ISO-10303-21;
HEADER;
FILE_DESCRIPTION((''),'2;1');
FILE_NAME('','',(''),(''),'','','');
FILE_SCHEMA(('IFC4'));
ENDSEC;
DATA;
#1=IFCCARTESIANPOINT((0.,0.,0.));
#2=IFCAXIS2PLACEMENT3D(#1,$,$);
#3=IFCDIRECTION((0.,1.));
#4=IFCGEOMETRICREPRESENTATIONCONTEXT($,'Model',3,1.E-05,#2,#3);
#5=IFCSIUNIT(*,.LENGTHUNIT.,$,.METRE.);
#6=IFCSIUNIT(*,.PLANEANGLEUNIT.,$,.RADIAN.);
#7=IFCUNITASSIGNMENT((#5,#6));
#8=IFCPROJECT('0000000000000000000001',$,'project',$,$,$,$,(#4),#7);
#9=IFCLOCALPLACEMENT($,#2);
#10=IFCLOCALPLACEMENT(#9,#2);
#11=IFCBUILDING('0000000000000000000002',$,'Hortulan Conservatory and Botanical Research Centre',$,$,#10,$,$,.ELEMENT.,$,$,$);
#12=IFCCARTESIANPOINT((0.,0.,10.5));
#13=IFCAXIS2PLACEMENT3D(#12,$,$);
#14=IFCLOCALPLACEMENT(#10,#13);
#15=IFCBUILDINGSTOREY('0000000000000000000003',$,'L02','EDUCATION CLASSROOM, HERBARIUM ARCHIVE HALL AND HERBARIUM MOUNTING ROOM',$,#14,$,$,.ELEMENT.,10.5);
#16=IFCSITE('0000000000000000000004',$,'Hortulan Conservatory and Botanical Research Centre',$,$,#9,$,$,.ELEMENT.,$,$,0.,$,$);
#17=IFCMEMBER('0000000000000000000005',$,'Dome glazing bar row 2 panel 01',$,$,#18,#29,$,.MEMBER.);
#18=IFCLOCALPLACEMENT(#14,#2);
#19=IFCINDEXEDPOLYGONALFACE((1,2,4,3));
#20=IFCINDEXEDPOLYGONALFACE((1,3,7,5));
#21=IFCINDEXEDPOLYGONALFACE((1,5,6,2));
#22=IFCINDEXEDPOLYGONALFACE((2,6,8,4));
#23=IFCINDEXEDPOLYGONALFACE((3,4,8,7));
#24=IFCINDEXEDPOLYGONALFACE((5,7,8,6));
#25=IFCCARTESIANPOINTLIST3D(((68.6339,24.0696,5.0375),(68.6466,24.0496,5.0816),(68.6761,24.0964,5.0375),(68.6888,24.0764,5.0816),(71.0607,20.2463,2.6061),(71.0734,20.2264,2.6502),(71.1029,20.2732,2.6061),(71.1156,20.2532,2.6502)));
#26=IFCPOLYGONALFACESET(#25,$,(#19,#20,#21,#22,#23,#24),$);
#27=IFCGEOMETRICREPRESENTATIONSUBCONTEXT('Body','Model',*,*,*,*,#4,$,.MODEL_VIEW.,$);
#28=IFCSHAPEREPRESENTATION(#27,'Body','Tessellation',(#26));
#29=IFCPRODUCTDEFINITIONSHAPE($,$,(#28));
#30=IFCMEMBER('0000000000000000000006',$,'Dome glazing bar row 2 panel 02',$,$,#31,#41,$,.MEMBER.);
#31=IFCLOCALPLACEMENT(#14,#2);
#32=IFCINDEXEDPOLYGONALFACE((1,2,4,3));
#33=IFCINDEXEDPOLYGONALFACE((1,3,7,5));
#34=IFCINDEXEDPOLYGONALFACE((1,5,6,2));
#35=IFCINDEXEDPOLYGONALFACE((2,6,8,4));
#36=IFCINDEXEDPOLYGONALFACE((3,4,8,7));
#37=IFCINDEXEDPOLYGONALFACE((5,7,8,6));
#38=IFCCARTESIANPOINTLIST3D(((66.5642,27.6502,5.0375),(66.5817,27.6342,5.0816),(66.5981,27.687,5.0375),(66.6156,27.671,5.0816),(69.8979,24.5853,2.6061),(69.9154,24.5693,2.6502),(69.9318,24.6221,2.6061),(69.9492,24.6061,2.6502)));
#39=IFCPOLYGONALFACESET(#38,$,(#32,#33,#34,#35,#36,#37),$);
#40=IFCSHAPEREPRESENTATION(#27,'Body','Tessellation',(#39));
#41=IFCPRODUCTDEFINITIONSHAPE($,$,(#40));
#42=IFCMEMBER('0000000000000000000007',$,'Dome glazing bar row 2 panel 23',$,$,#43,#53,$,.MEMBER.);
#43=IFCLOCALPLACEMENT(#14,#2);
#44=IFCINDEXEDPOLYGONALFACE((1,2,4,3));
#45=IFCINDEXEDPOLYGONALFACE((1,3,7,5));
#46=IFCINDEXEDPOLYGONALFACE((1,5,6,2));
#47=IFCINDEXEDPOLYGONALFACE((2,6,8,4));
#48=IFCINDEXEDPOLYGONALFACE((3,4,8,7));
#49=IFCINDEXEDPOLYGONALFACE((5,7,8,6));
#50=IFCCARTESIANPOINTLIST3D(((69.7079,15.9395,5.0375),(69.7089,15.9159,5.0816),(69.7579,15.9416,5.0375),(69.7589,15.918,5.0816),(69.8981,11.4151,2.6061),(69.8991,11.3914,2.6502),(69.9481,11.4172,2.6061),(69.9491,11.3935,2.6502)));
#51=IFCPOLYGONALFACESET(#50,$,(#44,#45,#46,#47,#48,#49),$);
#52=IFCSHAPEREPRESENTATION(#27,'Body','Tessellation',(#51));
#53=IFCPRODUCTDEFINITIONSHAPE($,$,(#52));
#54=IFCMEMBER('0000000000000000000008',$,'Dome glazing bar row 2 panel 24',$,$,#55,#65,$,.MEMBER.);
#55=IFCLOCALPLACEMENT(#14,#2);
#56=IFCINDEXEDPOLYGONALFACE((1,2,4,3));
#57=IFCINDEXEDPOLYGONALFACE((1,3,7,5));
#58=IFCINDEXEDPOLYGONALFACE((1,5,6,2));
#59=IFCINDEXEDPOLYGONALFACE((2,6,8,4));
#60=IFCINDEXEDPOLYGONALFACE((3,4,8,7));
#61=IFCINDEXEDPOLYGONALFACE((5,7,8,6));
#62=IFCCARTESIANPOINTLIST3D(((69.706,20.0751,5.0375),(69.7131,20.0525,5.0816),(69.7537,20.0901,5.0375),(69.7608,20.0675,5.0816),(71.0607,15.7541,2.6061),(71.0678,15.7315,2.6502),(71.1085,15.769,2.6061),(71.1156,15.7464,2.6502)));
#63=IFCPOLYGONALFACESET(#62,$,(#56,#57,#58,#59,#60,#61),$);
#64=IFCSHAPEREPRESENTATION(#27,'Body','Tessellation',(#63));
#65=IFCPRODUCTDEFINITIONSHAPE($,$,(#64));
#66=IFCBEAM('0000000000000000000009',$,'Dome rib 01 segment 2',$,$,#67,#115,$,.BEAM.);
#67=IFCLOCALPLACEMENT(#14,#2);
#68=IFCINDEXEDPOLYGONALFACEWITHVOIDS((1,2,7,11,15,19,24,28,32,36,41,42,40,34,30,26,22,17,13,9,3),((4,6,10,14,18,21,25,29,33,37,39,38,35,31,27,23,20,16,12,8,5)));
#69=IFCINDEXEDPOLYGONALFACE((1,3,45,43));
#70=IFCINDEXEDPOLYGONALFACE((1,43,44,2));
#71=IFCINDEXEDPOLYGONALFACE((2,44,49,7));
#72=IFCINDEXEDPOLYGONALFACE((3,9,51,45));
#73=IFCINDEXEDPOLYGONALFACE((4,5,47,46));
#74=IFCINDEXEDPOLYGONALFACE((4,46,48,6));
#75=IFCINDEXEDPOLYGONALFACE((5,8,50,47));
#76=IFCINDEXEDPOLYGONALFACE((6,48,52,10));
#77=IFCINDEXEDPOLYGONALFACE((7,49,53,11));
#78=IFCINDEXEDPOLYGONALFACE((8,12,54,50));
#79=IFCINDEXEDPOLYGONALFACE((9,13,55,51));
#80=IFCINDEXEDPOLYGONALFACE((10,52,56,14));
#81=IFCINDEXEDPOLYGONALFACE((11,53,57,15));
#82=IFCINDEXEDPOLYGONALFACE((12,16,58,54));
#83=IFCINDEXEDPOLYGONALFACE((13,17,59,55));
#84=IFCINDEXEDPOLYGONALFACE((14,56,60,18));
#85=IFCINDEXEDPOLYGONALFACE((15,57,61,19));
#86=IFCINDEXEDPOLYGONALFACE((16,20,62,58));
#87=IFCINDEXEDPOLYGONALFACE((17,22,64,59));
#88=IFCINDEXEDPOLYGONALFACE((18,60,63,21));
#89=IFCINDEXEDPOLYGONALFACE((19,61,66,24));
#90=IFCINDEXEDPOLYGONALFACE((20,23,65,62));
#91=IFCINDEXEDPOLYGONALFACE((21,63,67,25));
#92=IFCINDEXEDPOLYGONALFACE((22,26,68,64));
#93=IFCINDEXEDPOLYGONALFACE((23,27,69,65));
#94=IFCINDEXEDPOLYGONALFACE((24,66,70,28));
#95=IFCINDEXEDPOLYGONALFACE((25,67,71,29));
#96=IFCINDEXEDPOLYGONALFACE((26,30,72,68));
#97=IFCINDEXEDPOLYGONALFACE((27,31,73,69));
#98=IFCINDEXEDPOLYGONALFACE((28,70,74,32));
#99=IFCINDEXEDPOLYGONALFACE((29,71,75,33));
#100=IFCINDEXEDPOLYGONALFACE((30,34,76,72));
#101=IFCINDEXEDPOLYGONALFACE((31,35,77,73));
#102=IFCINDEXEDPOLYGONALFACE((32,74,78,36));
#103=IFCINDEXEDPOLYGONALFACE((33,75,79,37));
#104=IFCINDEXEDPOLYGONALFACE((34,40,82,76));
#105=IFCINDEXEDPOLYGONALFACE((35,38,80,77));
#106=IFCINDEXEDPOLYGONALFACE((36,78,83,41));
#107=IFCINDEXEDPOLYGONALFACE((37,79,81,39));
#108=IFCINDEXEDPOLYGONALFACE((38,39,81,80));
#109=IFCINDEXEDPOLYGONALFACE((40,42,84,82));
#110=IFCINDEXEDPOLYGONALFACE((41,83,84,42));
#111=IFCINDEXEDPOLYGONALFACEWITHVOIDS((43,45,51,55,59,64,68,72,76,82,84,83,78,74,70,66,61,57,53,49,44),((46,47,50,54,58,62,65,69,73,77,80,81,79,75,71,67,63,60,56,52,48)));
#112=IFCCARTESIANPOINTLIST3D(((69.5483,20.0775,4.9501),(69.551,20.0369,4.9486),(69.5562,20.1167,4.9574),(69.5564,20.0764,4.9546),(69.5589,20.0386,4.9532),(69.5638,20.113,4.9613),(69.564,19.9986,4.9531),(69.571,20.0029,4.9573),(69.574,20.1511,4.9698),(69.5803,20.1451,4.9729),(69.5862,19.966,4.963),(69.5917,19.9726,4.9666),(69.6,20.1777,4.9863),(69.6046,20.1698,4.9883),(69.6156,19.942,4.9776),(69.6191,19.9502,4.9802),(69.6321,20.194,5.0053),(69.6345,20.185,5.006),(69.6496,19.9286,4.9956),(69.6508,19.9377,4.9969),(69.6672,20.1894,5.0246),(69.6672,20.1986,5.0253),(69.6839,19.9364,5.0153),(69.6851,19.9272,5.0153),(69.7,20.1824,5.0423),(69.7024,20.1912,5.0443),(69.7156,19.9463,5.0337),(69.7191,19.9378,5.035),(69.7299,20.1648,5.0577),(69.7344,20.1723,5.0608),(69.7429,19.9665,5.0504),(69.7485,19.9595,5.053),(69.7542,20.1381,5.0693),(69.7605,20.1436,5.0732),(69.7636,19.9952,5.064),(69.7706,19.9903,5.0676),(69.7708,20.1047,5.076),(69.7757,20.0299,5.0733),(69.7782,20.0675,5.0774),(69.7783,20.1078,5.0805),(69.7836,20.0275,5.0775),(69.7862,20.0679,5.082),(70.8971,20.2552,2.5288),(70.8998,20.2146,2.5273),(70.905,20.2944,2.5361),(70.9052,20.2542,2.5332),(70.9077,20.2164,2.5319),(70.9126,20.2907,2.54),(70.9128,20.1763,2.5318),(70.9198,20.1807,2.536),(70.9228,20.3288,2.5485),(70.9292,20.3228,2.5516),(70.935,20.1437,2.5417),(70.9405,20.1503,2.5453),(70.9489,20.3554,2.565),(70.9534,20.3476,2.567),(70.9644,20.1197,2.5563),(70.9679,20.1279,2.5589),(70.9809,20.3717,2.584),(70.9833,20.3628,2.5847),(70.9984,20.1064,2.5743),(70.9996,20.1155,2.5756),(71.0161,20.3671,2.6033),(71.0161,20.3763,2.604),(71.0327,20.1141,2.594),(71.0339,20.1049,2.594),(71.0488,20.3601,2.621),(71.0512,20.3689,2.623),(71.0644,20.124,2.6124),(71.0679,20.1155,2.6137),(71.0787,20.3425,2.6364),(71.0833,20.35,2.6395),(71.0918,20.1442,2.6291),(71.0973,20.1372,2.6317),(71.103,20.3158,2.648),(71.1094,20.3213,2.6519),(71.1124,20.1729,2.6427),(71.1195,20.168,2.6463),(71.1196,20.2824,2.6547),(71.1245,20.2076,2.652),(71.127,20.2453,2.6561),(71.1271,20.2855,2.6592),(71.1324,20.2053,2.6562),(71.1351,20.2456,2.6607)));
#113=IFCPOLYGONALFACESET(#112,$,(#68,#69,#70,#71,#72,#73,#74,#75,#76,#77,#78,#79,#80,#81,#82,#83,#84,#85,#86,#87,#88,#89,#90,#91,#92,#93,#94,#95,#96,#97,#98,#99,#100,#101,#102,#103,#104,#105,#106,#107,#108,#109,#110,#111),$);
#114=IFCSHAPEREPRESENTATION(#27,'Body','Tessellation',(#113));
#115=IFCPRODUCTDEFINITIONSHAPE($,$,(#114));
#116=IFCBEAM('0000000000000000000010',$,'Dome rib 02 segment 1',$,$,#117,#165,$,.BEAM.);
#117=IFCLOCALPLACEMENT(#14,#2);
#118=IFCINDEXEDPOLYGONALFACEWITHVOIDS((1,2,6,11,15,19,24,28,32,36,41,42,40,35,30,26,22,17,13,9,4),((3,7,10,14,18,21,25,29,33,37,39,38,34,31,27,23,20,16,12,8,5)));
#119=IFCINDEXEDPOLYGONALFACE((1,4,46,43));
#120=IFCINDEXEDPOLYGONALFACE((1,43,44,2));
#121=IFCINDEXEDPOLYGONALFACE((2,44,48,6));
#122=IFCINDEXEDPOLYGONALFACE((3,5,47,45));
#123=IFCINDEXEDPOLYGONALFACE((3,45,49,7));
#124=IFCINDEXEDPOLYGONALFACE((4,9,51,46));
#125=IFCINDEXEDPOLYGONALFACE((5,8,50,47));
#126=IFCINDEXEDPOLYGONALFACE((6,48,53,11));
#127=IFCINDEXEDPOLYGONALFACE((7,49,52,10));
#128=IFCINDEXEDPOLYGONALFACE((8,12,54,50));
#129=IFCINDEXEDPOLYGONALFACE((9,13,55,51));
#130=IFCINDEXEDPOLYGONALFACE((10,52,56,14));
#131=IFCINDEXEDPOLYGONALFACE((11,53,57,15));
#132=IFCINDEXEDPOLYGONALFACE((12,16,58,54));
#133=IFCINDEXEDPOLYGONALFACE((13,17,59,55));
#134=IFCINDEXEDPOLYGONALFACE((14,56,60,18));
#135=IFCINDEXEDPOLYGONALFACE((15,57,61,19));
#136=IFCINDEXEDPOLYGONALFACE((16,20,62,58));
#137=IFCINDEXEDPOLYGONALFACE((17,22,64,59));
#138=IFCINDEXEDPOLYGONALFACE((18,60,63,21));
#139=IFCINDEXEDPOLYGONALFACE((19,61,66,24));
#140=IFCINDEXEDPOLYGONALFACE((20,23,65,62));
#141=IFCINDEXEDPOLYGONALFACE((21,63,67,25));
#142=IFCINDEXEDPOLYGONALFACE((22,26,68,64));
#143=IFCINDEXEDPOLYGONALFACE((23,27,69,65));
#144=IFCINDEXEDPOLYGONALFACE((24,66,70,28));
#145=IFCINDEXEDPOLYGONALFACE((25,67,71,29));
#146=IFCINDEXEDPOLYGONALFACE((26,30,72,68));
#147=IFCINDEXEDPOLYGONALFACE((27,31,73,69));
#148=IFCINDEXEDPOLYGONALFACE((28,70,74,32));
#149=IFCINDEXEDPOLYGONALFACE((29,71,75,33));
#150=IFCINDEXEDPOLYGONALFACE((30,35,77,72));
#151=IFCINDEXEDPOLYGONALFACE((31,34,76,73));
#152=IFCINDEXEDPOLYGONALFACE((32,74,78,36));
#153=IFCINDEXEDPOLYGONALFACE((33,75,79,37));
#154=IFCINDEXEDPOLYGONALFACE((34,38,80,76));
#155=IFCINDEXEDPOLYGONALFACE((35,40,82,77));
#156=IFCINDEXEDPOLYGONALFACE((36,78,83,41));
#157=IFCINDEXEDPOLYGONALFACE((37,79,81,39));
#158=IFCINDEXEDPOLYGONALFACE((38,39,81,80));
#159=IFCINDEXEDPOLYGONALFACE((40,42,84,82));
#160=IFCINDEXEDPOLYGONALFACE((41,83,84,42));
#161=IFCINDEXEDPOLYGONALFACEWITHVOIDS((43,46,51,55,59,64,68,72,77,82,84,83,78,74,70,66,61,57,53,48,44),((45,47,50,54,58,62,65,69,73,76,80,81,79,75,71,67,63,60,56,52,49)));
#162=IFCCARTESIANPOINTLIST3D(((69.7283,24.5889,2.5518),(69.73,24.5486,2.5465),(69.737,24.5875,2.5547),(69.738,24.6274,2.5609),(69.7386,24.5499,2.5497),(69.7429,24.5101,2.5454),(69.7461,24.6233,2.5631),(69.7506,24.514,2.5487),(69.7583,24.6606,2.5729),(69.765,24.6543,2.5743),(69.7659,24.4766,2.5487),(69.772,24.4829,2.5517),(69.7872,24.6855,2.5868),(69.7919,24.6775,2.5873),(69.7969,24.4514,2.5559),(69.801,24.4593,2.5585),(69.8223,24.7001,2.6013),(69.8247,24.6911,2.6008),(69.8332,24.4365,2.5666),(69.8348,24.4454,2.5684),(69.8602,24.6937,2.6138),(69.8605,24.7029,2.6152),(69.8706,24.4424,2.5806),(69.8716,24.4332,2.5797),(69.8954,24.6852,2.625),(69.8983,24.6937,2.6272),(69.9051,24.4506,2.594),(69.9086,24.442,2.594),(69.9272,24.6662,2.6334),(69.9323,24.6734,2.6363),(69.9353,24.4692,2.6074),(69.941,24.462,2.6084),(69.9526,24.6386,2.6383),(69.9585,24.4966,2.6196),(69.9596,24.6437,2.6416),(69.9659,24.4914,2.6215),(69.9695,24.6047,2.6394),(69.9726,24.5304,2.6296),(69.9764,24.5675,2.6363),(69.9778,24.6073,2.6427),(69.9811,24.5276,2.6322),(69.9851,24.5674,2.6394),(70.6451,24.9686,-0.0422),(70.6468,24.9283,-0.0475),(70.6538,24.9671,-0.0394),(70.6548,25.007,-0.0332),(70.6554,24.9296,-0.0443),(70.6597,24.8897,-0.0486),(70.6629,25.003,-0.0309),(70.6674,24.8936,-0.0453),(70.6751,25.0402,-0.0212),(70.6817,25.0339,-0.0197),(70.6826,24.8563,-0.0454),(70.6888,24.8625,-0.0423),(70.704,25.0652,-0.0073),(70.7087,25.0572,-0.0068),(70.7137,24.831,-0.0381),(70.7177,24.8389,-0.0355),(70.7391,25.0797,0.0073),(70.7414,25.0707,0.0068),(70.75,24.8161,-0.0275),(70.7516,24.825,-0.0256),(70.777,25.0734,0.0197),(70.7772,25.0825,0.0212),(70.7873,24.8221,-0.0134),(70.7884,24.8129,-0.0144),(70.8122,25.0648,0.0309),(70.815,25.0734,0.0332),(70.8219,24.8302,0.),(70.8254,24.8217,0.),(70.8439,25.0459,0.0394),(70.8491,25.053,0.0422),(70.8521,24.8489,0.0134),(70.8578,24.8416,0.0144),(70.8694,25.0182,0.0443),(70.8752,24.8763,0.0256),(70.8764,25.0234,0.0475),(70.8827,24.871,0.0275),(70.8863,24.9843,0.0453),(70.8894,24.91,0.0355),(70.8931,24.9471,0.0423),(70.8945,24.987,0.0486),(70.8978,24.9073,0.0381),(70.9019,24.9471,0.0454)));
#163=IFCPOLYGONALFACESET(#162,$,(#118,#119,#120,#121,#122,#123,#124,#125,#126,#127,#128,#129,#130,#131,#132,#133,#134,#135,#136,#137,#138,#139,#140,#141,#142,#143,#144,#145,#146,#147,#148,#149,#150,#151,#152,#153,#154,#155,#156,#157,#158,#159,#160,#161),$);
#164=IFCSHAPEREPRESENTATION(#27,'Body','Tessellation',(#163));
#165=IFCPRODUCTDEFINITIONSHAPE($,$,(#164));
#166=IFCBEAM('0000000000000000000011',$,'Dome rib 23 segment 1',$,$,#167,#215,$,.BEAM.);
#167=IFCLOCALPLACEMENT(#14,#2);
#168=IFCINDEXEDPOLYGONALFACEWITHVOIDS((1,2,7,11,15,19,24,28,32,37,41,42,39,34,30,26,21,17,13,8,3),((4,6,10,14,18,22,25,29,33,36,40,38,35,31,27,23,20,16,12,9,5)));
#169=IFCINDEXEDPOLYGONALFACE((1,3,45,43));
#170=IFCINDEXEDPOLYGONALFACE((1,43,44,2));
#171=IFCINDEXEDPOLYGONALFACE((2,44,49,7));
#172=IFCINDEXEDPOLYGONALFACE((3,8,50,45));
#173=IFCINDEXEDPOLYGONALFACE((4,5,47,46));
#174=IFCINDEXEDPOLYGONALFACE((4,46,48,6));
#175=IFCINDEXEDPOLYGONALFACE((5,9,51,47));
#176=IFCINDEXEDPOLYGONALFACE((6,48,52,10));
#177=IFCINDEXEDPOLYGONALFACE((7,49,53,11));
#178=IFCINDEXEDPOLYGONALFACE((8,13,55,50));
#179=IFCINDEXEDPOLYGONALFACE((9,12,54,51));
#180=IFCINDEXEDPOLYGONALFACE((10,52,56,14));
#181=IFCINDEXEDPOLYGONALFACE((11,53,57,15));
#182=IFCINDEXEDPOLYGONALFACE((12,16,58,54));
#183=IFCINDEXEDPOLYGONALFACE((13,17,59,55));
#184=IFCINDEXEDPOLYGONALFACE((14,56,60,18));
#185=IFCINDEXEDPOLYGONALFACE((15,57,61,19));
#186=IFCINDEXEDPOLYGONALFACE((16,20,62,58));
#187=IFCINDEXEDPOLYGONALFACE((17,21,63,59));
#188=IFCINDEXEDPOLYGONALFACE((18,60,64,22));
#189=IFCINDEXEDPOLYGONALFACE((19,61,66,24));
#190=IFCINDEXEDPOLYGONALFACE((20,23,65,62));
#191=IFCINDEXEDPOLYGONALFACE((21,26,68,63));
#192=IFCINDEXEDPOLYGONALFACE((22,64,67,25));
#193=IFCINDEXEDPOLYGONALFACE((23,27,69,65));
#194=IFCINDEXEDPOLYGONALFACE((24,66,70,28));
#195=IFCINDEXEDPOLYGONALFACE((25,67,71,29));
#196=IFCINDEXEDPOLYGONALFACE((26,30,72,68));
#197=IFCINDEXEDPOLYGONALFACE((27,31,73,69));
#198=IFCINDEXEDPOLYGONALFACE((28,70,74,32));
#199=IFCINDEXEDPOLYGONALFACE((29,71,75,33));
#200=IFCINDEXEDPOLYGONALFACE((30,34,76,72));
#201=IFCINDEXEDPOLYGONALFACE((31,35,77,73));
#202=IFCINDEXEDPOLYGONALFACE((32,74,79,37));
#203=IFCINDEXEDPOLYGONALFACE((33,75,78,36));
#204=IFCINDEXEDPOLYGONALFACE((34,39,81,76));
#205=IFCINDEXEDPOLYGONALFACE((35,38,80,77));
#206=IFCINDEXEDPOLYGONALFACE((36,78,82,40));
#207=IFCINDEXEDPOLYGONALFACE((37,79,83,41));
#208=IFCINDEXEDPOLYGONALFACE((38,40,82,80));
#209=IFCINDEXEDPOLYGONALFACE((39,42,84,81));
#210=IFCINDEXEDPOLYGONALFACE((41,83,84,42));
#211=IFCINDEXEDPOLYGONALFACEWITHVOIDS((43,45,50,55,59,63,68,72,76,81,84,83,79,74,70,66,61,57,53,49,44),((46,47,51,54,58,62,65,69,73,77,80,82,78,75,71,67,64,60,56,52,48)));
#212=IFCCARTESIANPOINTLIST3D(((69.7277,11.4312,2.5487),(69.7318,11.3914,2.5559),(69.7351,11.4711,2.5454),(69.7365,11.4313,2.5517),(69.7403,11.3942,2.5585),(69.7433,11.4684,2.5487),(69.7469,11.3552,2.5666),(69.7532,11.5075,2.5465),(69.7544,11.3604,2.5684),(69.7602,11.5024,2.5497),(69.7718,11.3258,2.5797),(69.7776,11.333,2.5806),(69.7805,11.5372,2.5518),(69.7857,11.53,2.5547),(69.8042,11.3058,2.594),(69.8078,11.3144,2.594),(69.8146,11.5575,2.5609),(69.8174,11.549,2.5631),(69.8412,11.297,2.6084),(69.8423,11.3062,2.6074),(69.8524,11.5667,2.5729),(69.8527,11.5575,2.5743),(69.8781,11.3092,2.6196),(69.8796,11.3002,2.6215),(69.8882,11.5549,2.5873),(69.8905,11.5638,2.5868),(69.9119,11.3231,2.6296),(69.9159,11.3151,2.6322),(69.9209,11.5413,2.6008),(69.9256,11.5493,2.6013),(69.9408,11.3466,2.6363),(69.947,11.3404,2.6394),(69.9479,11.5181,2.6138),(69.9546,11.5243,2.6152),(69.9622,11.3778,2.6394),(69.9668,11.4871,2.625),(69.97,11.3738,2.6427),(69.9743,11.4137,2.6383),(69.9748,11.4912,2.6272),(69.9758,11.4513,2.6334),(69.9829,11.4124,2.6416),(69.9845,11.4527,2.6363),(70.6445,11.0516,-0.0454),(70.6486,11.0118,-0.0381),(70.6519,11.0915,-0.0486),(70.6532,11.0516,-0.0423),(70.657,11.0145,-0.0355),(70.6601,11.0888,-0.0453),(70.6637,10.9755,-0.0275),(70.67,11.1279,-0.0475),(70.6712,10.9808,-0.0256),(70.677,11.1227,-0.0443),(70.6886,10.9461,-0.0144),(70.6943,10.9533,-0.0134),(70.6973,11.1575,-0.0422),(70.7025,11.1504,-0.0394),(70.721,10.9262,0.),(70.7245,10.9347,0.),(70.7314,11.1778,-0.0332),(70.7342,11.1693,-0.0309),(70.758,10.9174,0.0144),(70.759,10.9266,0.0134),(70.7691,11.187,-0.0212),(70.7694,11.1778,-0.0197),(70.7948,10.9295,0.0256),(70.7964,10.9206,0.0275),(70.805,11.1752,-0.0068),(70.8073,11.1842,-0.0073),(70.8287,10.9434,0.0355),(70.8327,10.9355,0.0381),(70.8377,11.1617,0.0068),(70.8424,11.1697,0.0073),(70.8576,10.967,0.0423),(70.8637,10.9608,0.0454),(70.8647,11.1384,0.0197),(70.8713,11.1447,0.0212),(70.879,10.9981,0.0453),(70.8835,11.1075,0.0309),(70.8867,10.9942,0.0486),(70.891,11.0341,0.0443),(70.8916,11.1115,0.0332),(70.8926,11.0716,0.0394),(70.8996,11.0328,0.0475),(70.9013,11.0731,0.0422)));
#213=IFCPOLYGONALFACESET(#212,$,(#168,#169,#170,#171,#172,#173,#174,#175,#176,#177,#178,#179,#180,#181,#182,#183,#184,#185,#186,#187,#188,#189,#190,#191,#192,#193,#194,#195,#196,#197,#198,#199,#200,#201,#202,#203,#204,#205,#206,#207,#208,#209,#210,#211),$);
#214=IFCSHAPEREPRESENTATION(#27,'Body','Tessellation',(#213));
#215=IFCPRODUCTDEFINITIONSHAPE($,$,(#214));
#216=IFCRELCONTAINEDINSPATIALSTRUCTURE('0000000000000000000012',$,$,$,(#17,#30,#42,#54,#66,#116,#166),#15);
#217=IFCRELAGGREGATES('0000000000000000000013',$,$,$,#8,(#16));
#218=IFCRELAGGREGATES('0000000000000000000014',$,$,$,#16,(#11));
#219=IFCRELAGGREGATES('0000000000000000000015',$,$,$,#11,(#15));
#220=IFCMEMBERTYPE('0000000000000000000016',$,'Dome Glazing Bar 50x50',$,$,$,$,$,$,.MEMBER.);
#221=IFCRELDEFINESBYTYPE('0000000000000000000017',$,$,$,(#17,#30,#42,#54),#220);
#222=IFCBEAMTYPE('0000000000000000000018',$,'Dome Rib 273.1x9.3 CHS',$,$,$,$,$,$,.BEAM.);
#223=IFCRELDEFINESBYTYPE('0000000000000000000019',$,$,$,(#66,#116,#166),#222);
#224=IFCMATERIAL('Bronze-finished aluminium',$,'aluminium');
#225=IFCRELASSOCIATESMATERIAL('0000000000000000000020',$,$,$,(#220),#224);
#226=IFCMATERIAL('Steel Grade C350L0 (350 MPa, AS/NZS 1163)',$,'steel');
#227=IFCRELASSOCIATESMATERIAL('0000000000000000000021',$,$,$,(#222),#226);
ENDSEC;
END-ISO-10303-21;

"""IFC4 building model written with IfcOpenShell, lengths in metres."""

from ifc_helpers import new_model, si_unit, direction, frame, origin, origin_2d, place, context, subcontext, project, spatial, rectangle, hollow_circle, extrude, material, material_profile, profile_set, type_object, element, save


model = new_model("IFC4")

# Units and contexts
model_context = context("Model", 3, precision=1e-05, world=origin(), true_north=direction((0.0, 1.0)))
body_context = subcontext(model_context, "Body", "Model", "MODEL_VIEW")
ifc_project = project(units=[si_unit("LENGTHUNIT", "METRE"), si_unit("PLANEANGLEUNIT", "RADIAN")], contexts=[model_context])

# Site, building, storey
site_placement = place(None, origin())
site = spatial("IfcSite", under=ifc_project, at=site_placement, Name="Hortulan Conservatory and Botanical Research Centre", CompositionType="ELEMENT", RefElevation=0.0)
building_placement = place(site_placement, origin())
building = spatial("IfcBuilding", under=site, at=building_placement, Name="Hortulan Conservatory and Botanical Research Centre", CompositionType="ELEMENT")
storey_placement = place(building_placement, frame((0.0, 0.0, 10.5)))
storey = spatial("IfcBuildingStorey", under=building, at=storey_placement, Name="L02", Description="EDUCATION CLASSROOM, HERBARIUM ARCHIVE HALL AND HERBARIUM MOUNTING ROOM", CompositionType="ELEMENT", Elevation=10.5)

# Members
ifc_material_1 = material(Name="Bronze-finished aluminium", Category="aluminium")
ifc_material_profile_1 = material_profile(ifc_material_1, rectangle(XDim=0.05, YDim=0.05, at=origin_2d()), Name="Square bar 50x50")
ifc_profile_set_1 = profile_set([ifc_material_profile_1], Name="Bronze-finished aluminium")
member_type_1 = type_object("IfcMemberType", Name="Dome Glazing Bar 50x50", PredefinedType="MEMBER", material=ifc_profile_set_1)
for number, where, z_axis, x_axis, name in (
    (1, (71.0881, 20.2498, 2.6282), (-0.472146, 0.743844, 0.473048), (-0.844283, -0.535898, 0.0), "Dome glazing bar row 2 panel 01"),
    (2, (69.9236, 24.5957, 2.6282), (-0.64859, 0.596295, 0.473036), (-0.676805, -0.736162, 0.0), "Dome glazing bar row 2 panel 02"),
    (3, (69.9236, 11.4043, 2.6282), (-0.037002, 0.88026, 0.473047), (-0.999118, -0.041998, 0.0), "Dome glazing bar row 2 panel 23"),
    (4, (71.0881, 15.7502, 2.6282), (-0.263573, 0.840689, 0.473045), (-0.954202, -0.299162, 0.0), "Dome glazing bar row 2 panel 24"),
):
    element("IfcMember", number, at=place(storey_placement, frame(where, z_axis=z_axis, x_axis=x_axis)), inside=storey, type_object=member_type_1, Name=name, PredefinedType="MEMBER", context=body_context, shape_type="SweptSolid", body=[
        extrude(rectangle(XDim=0.05, YDim=0.05, at=origin_2d()), origin(), (0.0, 0.0, 1.0), 5.1399),
    ])

# Beams
ifc_material_2 = material(Name="Steel Grade C350L0 (350 MPa, AS/NZS 1163)", Category="steel")
ifc_material_profile_2 = material_profile(ifc_material_2, hollow_circle(Radius=0.1365, WallThickness=0.0093, at=origin_2d()), Name="273.1x9.3CHS")
ifc_profile_set_2 = profile_set([ifc_material_profile_2], Name="Steel Grade C350L0 (350 MPa, AS/NZS 1163)")
beam_type_1 = type_object("IfcBeamType", Name="Dome Rib 273.1x9.3 CHS", PredefinedType="BEAM", material=ifc_profile_set_2)
for number, where, z_axis, x_axis, name in (
    (5, (71.0161, 20.2402, 2.594), (-0.485655, -0.063992, 0.871805), (0.130636, -0.99143, 0.0), "Dome rib 01 segment 2"),
    (6, (70.7732, 24.9478, 0.0), (-0.330087, -0.136694, 0.934001), (0.382605, -0.923912, 0.0), "Dome rib 02 segment 1"),
    (7, (70.7732, 11.0522, 0.0), (-0.330087, 0.136694, 0.934001), (-0.382605, -0.923912, 0.0), "Dome rib 23 segment 1"),
):
    element("IfcBeam", number, at=place(storey_placement, frame(where, z_axis=z_axis, x_axis=x_axis)), inside=storey, type_object=beam_type_1, Name=name, PredefinedType="BEAM", context=body_context, shape_type="SweptSolid", body=[
        extrude(hollow_circle(Radius=0.1365, WallThickness=0.0093, at=origin_2d()), origin(), (0.0, 0.0, 1.0), 2.7773),
    ])

save(model, "model.ifc")
